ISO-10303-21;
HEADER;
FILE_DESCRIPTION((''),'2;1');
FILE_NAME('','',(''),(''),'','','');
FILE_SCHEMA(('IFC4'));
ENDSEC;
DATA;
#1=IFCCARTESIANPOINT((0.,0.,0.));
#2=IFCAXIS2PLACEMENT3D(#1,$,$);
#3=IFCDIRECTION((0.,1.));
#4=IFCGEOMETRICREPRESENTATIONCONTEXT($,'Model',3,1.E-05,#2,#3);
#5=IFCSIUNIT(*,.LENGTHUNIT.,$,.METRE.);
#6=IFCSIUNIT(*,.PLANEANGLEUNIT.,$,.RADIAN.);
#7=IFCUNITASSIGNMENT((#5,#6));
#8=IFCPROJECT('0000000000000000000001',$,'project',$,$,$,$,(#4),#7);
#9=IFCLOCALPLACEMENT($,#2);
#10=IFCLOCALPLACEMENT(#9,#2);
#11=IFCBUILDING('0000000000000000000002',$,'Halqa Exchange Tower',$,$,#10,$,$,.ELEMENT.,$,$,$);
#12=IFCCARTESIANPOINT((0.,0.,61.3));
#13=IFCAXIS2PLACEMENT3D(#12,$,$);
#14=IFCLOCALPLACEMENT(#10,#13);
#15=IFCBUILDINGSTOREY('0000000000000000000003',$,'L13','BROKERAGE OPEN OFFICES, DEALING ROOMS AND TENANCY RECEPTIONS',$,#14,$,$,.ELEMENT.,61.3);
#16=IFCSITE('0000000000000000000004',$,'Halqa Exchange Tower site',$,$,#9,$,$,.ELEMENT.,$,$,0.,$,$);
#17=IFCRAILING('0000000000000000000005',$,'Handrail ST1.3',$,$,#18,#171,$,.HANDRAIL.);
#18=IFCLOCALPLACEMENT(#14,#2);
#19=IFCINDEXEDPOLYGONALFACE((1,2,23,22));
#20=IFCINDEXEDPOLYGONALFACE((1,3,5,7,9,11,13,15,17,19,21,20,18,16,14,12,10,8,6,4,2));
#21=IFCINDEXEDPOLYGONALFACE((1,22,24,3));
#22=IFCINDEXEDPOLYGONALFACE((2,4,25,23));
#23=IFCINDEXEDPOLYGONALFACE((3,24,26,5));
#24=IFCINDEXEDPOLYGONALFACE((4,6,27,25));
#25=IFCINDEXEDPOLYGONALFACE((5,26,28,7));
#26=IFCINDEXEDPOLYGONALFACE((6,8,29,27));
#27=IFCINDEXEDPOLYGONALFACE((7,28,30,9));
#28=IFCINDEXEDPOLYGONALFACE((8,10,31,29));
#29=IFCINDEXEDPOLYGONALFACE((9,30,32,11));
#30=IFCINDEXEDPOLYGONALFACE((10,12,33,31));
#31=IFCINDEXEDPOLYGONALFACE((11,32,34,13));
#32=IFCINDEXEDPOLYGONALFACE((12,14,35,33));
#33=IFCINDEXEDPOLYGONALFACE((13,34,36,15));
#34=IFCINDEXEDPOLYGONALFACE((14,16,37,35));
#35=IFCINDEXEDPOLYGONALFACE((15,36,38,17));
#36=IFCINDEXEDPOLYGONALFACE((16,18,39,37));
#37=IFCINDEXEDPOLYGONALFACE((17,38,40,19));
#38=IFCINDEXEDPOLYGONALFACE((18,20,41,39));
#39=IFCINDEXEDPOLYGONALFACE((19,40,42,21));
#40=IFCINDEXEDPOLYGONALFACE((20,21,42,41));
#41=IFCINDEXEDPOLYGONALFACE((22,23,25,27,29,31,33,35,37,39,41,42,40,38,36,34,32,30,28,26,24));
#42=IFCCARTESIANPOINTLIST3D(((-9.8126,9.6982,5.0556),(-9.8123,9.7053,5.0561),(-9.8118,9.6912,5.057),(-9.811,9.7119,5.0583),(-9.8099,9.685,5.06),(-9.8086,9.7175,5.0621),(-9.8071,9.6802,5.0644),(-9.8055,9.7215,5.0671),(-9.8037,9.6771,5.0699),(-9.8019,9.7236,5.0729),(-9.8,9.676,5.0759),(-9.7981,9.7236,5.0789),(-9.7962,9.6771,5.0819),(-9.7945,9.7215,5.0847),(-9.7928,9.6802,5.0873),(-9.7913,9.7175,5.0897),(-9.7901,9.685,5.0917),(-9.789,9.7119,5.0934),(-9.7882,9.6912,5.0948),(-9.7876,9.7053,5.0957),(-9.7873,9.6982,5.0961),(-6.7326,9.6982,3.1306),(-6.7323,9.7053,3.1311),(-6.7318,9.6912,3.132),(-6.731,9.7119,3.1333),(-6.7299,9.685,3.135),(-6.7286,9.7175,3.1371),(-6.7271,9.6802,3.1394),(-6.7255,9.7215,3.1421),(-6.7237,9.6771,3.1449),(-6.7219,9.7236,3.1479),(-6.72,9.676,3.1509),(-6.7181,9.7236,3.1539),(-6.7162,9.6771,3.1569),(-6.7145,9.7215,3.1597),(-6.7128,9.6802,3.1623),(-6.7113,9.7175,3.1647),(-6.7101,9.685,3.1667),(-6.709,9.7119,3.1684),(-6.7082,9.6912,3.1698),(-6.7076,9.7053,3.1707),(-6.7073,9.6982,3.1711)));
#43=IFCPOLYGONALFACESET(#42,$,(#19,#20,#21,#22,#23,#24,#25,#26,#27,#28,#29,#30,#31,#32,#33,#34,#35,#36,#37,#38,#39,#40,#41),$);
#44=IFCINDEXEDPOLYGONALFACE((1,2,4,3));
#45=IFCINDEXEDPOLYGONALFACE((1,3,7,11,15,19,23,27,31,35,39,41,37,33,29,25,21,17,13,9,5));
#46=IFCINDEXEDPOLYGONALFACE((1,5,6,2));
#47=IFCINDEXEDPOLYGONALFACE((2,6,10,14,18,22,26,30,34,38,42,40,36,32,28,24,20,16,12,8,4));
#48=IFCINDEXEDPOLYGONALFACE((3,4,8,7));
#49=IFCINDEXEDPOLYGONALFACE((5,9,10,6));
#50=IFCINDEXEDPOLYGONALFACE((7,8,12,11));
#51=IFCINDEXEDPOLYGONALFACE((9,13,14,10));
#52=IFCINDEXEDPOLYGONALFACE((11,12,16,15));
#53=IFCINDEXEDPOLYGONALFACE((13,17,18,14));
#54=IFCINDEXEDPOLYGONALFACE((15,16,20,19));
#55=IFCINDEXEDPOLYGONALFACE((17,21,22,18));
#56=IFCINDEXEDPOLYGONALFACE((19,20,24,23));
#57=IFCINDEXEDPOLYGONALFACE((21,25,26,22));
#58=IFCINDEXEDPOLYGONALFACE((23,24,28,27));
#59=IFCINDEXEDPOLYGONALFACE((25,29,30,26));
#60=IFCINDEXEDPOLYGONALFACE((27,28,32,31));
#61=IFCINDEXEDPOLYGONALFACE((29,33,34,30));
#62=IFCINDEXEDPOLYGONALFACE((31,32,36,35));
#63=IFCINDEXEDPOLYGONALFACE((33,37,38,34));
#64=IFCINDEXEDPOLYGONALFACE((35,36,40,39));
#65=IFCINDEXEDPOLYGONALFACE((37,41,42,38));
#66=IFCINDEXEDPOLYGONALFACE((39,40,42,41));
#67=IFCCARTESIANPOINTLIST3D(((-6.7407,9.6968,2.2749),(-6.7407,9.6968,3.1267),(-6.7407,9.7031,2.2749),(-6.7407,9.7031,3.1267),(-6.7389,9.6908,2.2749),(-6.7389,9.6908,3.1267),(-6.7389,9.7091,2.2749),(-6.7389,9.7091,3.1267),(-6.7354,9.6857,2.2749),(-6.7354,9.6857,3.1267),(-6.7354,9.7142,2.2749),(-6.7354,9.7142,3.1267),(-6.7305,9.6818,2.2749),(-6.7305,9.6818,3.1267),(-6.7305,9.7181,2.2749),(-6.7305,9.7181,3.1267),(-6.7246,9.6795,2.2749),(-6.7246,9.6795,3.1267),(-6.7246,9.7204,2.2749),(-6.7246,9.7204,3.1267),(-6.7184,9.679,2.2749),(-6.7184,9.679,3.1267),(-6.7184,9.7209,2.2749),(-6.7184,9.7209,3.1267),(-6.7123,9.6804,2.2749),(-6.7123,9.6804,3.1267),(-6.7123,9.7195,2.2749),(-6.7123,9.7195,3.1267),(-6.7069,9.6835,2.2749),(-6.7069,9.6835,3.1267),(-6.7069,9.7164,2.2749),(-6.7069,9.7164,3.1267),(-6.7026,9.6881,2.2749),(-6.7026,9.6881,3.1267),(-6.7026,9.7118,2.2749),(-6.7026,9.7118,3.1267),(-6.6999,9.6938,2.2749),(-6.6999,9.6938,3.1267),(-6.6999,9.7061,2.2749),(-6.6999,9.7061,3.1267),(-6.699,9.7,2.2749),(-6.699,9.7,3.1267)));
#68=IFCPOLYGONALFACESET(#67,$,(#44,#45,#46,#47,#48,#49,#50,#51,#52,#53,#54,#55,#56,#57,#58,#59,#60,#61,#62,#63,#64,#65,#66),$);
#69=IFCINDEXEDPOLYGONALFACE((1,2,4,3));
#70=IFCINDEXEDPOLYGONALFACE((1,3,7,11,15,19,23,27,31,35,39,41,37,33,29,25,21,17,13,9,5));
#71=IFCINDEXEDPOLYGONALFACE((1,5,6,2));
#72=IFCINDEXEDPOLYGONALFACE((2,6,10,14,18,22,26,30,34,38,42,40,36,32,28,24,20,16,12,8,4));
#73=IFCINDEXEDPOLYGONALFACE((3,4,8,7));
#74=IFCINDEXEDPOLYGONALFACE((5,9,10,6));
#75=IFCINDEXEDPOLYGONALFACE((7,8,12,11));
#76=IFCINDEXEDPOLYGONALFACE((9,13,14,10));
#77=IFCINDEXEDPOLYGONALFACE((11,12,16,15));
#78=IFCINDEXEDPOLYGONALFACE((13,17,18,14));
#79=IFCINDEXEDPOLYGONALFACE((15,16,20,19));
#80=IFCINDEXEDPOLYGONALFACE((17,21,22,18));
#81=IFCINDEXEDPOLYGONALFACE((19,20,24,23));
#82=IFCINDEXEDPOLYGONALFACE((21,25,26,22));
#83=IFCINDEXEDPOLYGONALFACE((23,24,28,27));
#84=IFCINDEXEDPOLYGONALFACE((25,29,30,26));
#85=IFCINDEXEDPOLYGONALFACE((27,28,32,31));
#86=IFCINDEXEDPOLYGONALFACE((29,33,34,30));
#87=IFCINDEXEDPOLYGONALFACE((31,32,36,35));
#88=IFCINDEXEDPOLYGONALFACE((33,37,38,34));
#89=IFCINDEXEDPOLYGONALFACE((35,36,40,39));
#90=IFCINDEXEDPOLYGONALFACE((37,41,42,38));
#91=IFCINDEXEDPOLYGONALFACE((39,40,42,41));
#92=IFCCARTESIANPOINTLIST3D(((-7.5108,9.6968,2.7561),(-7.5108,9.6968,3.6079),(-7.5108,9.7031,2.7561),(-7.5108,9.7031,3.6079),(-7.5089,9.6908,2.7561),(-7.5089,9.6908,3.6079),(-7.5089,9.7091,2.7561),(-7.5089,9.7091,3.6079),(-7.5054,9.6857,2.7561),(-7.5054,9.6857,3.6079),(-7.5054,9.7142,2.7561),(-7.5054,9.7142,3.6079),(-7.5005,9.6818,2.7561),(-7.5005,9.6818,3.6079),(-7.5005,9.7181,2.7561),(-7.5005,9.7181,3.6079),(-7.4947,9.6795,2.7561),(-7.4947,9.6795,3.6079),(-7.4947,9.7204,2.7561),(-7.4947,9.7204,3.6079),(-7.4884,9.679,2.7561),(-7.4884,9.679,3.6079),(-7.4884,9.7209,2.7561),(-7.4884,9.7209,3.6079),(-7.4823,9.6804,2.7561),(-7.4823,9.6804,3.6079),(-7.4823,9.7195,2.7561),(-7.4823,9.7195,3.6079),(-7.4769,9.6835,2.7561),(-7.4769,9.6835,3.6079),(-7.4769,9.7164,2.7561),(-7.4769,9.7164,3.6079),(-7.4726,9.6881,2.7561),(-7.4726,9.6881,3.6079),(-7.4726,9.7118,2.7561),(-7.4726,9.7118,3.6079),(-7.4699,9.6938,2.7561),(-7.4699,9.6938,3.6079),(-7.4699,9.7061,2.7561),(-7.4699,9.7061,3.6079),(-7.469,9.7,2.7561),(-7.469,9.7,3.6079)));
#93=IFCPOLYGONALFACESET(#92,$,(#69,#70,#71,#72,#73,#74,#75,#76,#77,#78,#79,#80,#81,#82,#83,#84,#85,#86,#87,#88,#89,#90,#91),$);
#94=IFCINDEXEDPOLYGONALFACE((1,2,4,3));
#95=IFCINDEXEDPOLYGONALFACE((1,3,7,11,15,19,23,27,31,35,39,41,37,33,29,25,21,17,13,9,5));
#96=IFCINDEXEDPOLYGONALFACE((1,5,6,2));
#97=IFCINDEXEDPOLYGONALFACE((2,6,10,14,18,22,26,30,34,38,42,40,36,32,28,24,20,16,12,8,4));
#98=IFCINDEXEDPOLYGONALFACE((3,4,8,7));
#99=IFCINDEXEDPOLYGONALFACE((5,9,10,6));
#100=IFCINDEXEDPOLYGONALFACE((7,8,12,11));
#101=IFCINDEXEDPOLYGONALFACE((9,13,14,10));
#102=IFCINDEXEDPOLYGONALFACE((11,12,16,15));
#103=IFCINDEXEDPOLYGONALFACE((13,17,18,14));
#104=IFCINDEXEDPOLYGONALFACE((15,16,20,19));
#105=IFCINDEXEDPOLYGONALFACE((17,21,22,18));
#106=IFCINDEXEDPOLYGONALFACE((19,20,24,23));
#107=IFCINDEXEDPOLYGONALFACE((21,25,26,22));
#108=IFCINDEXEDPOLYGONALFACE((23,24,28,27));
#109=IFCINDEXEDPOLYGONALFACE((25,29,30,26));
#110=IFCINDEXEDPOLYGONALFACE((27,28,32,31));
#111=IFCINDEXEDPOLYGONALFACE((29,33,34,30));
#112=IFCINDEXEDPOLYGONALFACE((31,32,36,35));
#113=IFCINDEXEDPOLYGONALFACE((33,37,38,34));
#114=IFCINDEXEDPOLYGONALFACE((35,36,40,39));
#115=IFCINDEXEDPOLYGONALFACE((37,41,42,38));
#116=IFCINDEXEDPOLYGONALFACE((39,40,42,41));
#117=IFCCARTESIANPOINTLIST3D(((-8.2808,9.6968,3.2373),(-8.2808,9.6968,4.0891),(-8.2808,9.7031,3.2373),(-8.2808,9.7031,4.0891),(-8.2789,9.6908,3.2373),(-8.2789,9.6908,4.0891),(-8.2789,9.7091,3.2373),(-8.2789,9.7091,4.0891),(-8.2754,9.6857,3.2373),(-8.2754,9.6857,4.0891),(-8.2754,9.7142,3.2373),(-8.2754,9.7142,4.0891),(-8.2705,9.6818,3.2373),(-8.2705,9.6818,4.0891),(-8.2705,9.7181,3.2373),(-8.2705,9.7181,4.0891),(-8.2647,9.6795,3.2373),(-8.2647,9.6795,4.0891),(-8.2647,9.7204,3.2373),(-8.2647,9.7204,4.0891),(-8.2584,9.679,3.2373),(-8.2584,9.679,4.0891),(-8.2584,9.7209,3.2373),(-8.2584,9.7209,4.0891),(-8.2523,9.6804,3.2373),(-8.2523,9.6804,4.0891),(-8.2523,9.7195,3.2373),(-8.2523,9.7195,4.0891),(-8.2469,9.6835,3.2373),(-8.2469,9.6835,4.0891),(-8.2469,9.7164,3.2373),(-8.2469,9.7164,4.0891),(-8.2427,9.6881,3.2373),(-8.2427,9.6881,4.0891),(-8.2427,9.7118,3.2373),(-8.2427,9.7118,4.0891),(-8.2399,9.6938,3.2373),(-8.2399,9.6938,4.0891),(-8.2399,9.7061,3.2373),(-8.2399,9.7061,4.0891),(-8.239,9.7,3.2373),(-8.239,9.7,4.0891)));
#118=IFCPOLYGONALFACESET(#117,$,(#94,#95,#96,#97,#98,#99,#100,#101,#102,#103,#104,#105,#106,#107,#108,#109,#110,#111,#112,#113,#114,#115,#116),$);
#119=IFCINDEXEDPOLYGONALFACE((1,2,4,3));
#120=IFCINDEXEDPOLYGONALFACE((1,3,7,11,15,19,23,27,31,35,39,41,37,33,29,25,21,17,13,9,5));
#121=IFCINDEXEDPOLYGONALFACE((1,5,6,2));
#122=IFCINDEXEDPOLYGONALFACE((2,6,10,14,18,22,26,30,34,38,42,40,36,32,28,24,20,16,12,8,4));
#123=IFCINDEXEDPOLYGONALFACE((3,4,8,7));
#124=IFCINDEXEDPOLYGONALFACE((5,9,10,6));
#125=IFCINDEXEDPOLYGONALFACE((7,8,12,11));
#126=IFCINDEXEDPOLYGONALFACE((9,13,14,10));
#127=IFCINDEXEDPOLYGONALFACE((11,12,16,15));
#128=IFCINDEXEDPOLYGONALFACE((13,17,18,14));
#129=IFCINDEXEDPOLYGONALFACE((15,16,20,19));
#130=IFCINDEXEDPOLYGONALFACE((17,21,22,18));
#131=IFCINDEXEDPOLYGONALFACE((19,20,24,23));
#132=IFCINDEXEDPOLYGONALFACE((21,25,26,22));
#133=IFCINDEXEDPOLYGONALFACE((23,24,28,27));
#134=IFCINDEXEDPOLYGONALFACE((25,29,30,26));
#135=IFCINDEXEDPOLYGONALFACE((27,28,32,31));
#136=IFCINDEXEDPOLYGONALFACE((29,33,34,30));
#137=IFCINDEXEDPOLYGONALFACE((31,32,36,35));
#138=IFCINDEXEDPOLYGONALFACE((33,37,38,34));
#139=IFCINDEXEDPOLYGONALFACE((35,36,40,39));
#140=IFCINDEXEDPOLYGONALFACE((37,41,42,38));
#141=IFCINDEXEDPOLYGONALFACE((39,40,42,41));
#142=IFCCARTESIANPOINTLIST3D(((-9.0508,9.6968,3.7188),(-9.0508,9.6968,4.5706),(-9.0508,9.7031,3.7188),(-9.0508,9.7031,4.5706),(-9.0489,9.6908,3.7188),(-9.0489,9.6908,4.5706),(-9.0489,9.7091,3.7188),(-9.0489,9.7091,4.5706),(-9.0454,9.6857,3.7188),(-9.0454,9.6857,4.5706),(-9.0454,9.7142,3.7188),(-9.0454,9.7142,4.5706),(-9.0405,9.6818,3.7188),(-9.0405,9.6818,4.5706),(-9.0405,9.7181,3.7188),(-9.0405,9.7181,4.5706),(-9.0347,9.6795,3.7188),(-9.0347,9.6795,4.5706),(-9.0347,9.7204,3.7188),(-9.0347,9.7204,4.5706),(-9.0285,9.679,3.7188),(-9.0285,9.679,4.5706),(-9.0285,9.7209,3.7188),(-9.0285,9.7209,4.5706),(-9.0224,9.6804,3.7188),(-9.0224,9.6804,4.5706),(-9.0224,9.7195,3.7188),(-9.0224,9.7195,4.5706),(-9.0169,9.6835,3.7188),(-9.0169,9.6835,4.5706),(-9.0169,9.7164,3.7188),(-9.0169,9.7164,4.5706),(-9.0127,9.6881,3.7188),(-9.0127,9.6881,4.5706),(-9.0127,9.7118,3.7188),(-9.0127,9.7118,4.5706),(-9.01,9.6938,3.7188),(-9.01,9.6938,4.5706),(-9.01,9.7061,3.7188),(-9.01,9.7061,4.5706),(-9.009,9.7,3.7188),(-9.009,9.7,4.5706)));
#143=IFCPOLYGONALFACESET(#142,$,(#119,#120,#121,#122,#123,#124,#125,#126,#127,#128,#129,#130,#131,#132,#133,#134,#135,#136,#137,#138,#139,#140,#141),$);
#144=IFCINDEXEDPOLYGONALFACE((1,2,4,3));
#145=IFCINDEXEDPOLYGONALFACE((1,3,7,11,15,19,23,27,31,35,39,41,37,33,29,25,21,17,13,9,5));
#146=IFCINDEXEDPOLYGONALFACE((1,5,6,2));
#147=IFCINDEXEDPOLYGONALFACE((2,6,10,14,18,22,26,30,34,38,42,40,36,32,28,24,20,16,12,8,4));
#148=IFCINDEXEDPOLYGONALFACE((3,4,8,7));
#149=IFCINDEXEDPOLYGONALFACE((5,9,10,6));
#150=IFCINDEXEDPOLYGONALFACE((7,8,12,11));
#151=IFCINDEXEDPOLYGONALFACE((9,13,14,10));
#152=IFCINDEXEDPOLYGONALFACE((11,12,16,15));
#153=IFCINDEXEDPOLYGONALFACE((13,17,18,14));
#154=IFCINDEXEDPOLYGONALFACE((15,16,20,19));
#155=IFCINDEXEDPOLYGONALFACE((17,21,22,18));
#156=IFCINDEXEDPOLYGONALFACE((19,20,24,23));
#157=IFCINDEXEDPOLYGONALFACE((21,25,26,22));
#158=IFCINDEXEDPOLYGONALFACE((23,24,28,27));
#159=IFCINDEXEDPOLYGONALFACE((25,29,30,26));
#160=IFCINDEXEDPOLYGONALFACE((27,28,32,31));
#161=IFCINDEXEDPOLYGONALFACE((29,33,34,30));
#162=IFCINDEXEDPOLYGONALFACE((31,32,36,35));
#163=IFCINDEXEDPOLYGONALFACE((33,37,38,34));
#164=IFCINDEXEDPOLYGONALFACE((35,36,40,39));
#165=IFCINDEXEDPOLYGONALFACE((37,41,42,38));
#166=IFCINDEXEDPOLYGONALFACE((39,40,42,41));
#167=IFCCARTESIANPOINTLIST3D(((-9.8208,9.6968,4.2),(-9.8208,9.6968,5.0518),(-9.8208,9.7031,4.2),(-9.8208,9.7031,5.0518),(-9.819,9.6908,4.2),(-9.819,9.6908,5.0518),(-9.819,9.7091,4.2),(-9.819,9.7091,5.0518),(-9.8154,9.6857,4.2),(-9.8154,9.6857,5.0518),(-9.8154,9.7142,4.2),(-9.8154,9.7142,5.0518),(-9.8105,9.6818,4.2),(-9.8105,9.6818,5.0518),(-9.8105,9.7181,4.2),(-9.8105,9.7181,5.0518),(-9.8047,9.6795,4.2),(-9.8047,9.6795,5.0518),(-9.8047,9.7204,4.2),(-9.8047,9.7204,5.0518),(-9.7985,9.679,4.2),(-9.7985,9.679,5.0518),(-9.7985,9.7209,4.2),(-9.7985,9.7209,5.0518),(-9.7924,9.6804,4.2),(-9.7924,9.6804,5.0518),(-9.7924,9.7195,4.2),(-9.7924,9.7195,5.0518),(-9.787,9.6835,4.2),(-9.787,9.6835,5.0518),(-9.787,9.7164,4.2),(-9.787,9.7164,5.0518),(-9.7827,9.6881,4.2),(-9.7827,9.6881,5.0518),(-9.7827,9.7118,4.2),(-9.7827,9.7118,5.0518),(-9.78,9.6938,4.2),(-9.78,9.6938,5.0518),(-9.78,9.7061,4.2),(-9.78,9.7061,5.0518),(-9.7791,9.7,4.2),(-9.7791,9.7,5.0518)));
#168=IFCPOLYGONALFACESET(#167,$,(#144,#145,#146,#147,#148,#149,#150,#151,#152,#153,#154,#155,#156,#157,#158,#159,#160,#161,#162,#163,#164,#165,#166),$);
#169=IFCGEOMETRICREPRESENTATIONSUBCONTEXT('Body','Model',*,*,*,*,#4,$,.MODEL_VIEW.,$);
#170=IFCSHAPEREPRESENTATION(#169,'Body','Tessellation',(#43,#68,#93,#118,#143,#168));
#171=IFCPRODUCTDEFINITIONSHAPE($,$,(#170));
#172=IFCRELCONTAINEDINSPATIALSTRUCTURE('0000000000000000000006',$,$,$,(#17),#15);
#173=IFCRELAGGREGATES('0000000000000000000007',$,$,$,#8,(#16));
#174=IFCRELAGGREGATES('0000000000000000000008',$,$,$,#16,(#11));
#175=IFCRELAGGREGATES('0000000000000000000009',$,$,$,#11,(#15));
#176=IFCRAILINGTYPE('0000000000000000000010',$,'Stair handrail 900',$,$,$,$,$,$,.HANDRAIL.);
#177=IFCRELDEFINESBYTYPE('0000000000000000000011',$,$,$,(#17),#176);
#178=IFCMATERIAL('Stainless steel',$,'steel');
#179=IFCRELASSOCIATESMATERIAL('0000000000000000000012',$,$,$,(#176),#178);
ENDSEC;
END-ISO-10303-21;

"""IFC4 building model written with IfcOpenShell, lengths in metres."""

from ifc_helpers import new_model, si_unit, direction, frame, origin, origin_2d, place, context, subcontext, project, spatial, circle, extrude, material, type_object, element, save


model = new_model("IFC4")

# Units and contexts
model_context = context("Model", 3, precision=1e-05, world=origin(), true_north=direction((0.0, 1.0)))
body_context = subcontext(model_context, "Body", "Model", "MODEL_VIEW")
ifc_project = project(units=[si_unit("LENGTHUNIT", "METRE"), si_unit("PLANEANGLEUNIT", "RADIAN")], contexts=[model_context])

# Site, building, storey
site_placement = place(None, origin())
site = spatial("IfcSite", under=ifc_project, at=site_placement, Name="Halqa Exchange Tower site", CompositionType="ELEMENT", RefElevation=0.0)
building_placement = place(site_placement, origin())
building = spatial("IfcBuilding", under=site, at=building_placement, Name="Halqa Exchange Tower", CompositionType="ELEMENT")
storey_placement = place(building_placement, frame((0.0, 0.0, 61.3)))
storey = spatial("IfcBuildingStorey", under=building, at=storey_placement, Name="L13", Description="BROKERAGE OPEN OFFICES, DEALING ROOMS AND TENANCY RECEPTIONS", CompositionType="ELEMENT", Elevation=61.3)

# Railing
ifc_material_1 = material(Name="Stainless steel", Category="steel")
railing_type_1 = type_object("IfcRailingType", Name="Stair handrail 900", PredefinedType="HANDRAIL", material=ifc_material_1)
railing_1_placement = place(storey_placement, frame((-6.72, 9.7, 2.2749)))
element("IfcRailing", 1, at=railing_1_placement, inside=storey, type_object=railing_type_1, Name="Handrail ST1.3", PredefinedType="HANDRAIL", context=body_context, shape_type="SweptSolid", body=[
    extrude(circle(Radius=0.0239, at=origin_2d()), frame((0.0, 0.0, 0.876), z_axis=(-0.847998, 0.0, 0.529999), x_axis=(0.0, -1.0, 0.0)), (0.0, 0.0, 1.0), 3.6321),
    extrude(circle(Radius=0.021, at=origin_2d()), origin(), (0.0, 0.0, 1.0), 0.8518),
    extrude(circle(Radius=0.021, at=origin_2d()), frame((-0.77, 0.0, 0.4812)), (0.0, 0.0, 1.0), 0.8518),
    extrude(circle(Radius=0.021, at=origin_2d()), frame((-1.54, 0.0, 0.9624)), (0.0, 0.0, 1.0), 0.8518),
    extrude(circle(Radius=0.021, at=origin_2d()), frame((-2.3101, 0.0, 1.4438)), (0.0, 0.0, 1.0), 0.8518),
    extrude(circle(Radius=0.021, at=origin_2d()), frame((-3.0801, 0.0, 1.925)), (0.0, 0.0, 1.0), 0.8518),
])

save(model, "model.ifc")
